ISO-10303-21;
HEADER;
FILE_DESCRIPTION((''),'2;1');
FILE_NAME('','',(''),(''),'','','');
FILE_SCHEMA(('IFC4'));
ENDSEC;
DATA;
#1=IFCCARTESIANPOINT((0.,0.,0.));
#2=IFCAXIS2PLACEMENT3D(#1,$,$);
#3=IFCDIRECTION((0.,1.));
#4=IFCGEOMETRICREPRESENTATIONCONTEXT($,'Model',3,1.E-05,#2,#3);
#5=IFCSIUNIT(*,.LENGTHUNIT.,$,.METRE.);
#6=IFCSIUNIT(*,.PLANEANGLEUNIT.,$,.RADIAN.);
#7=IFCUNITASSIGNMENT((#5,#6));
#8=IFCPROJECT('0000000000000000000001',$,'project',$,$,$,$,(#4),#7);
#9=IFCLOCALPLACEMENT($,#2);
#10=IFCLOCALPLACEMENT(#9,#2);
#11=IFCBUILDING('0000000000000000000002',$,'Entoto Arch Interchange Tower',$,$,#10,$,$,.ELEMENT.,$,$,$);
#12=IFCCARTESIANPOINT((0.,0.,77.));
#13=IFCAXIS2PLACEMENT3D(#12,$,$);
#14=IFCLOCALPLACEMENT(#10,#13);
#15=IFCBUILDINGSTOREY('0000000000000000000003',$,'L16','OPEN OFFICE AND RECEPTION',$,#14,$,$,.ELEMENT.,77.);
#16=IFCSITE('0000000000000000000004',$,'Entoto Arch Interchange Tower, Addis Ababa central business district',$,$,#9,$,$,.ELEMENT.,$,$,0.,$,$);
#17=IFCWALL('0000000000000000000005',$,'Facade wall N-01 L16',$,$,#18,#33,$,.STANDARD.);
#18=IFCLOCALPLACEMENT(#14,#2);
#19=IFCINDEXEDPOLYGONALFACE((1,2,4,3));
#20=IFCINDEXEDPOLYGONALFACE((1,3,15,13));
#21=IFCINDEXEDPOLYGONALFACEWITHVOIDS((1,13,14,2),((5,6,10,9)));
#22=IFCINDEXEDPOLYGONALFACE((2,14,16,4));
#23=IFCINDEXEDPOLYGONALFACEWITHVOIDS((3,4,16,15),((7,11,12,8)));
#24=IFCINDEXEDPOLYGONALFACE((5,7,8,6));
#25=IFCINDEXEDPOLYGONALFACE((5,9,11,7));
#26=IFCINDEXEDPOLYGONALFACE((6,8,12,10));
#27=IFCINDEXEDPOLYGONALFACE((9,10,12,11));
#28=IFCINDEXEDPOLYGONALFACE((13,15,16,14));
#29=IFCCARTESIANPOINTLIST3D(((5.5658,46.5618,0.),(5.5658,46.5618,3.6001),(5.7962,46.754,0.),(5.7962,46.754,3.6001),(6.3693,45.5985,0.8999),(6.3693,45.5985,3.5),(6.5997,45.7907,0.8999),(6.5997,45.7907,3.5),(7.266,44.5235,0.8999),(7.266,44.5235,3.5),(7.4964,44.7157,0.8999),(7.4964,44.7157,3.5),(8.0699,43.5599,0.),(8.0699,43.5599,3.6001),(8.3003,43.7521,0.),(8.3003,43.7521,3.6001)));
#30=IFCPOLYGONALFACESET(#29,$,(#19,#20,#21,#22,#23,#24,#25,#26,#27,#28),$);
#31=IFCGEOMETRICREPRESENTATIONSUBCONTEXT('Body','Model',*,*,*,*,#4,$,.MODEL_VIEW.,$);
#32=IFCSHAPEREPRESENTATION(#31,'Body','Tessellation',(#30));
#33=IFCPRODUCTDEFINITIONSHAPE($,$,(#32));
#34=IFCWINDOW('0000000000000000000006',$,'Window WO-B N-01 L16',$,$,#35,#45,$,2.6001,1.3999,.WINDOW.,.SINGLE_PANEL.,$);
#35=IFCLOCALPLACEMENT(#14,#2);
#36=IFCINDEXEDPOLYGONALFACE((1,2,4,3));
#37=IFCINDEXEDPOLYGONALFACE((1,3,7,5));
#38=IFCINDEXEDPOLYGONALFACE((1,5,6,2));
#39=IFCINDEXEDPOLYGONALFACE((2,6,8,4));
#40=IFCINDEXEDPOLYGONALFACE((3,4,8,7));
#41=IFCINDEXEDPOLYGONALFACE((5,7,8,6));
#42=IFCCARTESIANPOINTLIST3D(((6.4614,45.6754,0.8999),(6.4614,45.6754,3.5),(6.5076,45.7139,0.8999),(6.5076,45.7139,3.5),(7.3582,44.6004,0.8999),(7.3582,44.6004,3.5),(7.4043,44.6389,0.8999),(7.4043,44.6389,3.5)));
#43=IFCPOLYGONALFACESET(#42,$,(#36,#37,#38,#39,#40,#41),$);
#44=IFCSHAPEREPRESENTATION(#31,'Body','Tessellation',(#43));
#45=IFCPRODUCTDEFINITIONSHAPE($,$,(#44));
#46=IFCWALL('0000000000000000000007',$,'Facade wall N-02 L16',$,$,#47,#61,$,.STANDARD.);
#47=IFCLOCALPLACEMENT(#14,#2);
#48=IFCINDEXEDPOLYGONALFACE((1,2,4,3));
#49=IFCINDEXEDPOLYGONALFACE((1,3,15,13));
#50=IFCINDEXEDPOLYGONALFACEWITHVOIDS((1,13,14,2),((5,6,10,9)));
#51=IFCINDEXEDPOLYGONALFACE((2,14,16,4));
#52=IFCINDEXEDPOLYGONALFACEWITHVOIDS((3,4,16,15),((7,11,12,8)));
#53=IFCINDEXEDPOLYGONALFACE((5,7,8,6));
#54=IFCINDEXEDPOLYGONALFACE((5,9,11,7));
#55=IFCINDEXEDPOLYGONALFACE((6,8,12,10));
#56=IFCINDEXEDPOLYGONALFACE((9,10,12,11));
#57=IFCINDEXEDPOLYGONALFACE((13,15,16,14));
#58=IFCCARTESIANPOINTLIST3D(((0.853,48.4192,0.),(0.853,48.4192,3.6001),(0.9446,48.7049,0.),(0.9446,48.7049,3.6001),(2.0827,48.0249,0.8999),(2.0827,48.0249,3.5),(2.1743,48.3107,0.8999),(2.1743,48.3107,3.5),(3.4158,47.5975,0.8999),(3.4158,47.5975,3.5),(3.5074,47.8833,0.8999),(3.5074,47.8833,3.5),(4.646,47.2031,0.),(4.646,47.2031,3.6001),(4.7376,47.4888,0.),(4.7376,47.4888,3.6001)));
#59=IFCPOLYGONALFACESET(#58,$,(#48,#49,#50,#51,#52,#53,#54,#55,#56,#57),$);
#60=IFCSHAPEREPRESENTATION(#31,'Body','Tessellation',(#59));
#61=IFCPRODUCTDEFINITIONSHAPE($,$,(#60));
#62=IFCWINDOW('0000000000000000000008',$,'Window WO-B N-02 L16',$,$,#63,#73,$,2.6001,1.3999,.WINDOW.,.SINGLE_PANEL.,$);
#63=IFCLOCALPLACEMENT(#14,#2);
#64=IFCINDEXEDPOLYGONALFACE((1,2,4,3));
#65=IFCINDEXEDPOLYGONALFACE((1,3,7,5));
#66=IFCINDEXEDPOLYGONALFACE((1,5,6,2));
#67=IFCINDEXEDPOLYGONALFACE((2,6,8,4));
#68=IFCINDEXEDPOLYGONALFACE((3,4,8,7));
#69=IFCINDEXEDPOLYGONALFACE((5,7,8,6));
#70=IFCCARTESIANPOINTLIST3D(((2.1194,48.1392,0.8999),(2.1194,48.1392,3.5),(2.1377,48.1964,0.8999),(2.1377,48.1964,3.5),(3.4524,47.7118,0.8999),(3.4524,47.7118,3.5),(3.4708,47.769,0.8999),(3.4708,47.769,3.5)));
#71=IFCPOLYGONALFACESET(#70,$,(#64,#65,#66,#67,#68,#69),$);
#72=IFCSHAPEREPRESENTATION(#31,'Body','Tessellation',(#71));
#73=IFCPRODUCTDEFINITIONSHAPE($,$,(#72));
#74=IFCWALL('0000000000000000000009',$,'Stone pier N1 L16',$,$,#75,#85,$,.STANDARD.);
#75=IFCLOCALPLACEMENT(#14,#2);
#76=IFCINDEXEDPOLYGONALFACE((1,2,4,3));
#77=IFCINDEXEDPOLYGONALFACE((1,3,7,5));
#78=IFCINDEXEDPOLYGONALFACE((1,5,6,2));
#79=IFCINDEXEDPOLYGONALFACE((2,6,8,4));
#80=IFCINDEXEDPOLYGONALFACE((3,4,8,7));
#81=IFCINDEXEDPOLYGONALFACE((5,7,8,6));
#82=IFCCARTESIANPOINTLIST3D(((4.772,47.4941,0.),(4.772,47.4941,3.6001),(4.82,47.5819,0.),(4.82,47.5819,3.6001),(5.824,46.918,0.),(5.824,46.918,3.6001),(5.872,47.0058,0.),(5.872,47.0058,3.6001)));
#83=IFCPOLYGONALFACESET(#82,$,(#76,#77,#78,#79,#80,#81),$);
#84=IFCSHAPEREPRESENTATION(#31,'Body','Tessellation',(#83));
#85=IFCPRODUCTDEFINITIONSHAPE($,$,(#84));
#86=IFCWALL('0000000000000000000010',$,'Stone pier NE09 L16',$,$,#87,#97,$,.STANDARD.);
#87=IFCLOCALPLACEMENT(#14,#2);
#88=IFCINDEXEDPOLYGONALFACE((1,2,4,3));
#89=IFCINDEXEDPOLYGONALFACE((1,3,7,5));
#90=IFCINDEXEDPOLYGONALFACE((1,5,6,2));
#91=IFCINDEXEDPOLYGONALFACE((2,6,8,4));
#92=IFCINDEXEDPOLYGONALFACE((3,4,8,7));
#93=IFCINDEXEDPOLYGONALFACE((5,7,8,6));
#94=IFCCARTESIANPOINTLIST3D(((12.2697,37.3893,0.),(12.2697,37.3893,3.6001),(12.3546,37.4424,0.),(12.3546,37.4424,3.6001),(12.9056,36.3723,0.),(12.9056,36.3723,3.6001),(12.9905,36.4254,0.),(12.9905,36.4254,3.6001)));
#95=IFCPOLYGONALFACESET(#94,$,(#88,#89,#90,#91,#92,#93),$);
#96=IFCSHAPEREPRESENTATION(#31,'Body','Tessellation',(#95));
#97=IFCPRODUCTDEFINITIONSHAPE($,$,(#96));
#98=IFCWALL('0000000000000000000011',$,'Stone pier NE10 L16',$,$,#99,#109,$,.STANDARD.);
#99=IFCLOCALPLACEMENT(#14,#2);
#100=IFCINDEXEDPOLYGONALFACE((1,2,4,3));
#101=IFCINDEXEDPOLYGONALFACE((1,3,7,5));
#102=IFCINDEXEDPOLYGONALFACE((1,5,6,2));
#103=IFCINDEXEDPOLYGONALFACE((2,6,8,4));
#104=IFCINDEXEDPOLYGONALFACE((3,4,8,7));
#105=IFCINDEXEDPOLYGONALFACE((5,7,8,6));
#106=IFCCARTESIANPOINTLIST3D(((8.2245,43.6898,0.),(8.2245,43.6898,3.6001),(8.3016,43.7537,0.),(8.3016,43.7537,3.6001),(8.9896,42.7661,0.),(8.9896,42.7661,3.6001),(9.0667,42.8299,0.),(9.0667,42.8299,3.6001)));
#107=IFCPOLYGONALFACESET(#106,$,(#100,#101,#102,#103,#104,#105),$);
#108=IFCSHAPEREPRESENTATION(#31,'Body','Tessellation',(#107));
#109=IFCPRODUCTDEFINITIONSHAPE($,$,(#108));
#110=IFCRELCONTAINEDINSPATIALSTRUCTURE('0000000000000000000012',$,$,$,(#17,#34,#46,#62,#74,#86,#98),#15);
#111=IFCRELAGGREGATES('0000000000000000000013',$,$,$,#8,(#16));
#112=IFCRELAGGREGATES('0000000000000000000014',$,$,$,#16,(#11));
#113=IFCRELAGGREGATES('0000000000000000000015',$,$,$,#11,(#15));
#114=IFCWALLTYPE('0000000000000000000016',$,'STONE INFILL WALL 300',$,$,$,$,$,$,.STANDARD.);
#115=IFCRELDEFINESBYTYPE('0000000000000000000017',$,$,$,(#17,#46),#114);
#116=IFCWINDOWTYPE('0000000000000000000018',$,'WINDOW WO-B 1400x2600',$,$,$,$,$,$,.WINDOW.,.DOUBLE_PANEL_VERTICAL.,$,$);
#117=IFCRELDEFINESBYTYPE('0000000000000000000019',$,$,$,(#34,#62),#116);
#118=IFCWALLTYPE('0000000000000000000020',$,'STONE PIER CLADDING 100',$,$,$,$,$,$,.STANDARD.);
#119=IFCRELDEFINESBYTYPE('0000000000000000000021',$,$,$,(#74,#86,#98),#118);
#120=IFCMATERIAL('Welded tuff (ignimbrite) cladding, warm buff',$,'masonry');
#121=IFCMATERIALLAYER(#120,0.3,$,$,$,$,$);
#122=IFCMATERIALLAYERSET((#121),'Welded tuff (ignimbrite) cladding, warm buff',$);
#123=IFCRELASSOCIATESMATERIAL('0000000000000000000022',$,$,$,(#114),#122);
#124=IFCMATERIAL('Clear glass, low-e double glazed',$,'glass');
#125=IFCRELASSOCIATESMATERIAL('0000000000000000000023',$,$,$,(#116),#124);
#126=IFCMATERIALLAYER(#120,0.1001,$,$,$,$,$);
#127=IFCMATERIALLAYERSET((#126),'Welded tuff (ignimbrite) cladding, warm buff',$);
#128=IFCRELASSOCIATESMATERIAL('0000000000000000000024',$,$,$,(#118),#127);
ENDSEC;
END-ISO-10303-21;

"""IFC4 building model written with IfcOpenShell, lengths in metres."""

from ifc_helpers import new_model, si_unit, direction, frame, frame_2d, origin, place, context, subcontext, project, spatial, rectangle, extrude, material, layer, layer_set, type_object, element, fill, save


model = new_model("IFC4")

# Units and contexts
model_context = context("Model", 3, precision=1e-05, world=origin(), true_north=direction((0.0, 1.0)))
body_context = subcontext(model_context, "Body", "Model", "MODEL_VIEW")
ifc_project = project(units=[si_unit("LENGTHUNIT", "METRE"), si_unit("PLANEANGLEUNIT", "RADIAN")], contexts=[model_context])

# Site, building, storey
site_placement = place(None, origin())
site = spatial("IfcSite", under=ifc_project, at=site_placement, Name="Entoto Arch Interchange Tower, Addis Ababa central business district", CompositionType="ELEMENT", RefElevation=0.0)
building_placement = place(site_placement, origin())
building = spatial("IfcBuilding", under=site, at=building_placement, Name="Entoto Arch Interchange Tower", CompositionType="ELEMENT")
storey_placement = place(building_placement, frame((0.0, 0.0, 77.0)))
storey = spatial("IfcBuildingStorey", under=building, at=storey_placement, Name="L16", Description="OPEN OFFICE AND RECEPTION", CompositionType="ELEMENT", Elevation=77.0)

# Shared definitions
ifc_material_1 = material(Name="Welded tuff (ignimbrite) cladding, warm buff", Category="masonry")
ifc_layer_1 = layer(ifc_material_1, 0.3)
ifc_layer_set_1 = layer_set([ifc_layer_1], Name="Welded tuff (ignimbrite) cladding, warm buff")
wall_type_1 = type_object("IfcWallType", Name="STONE INFILL WALL 300", PredefinedType="STANDARD", material=ifc_layer_set_1)
ifc_material_2 = material(Name="Clear glass, low-e double glazed", Category="glass")

# Walls, openings, windows
wall_1_placement = place(storey_placement, frame((8.1851, 43.656, 0.0), z_axis=(0.0, 0.0, 1.0), x_axis=(-0.640565, 0.767904, 0.0)))
wall_1 = element("IfcWall", 1, at=wall_1_placement, inside=storey, type_object=wall_type_1, Name="Facade wall N-01 L16", PredefinedType="STANDARD", context=body_context, shape_type="SweptSolid", body=[
    extrude(rectangle(XDim=3.9092, YDim=0.3, at=frame_2d((1.9546, 0.0))), origin(), (0.0, 0.0, 1.0), 3.6001),
])
opening_1_placement = place(wall_1_placement, frame((1.2549, 0.0, 0.8999)))
opening_1 = element("IfcOpeningElement", 2, at=opening_1_placement, cuts=wall_1, PredefinedType="OPENING", context=body_context, shape_type="SweptSolid", body=[
    extrude(rectangle(XDim=1.3999, YDim=2.6001, at=frame_2d((0.7, 1.3))), frame((0.0, 0.1602, 0.0), z_axis=(0.0, -1.0, 0.0), x_axis=(1.0, 0.0, 0.0)), (0.0, 0.0, 1.0), 0.3201),
])
window_type_1 = type_object("IfcWindowType", Name="WINDOW WO-B 1400x2600", PartitioningType="DOUBLE_PANEL_VERTICAL", PredefinedType="WINDOW", material=ifc_material_2)
window_1_placement = place(opening_1_placement, origin())
window_1 = element("IfcWindow", 3, at=window_1_placement, inside=storey, type_object=window_type_1, Name="Window WO-B N-01 L16", OverallHeight=2.6001, OverallWidth=1.3999, PartitioningType="SINGLE_PANEL", PredefinedType="WINDOW", context=body_context, shape_type="SweptSolid", body=[
    extrude(rectangle(XDim=1.3999, YDim=2.6001, at=frame_2d((0.7, 1.3))), frame((0.0, 0.03, 0.0), z_axis=(0.0, -1.0, 0.0), x_axis=(1.0, 0.0, 0.0)), (0.0, 0.0, 1.0), 0.0601),
])
fill(opening_1, window_1)
wall_2_placement = place(storey_placement, frame((4.6919, 47.3459, 0.0), z_axis=(0.0, 0.0, 1.0), x_axis=(-0.952255, 0.305303, 0.0)))
wall_2 = element("IfcWall", 4, at=wall_2_placement, inside=storey, type_object=wall_type_1, Name="Facade wall N-02 L16", PredefinedType="STANDARD", context=body_context, shape_type="SweptSolid", body=[
    extrude(rectangle(XDim=3.9832, YDim=0.3, at=frame_2d((1.9917, 0.0))), origin(), (0.0, 0.0, 1.0), 3.6001),
])
opening_2_placement = place(wall_2_placement, frame((1.292, 0.0, 0.8999)))
opening_2 = element("IfcOpeningElement", 5, at=opening_2_placement, cuts=wall_2, PredefinedType="OPENING", context=body_context, shape_type="SweptSolid", body=[
    extrude(rectangle(XDim=1.3999, YDim=2.6001, at=frame_2d((0.7, 1.3))), frame((0.0, 0.1602, 0.0), z_axis=(0.0, -1.0, 0.0), x_axis=(1.0, 0.0, 0.0)), (0.0, 0.0, 1.0), 0.3201),
])
window_2_placement = place(opening_2_placement, origin())
window_2 = element("IfcWindow", 6, at=window_2_placement, inside=storey, type_object=window_type_1, Name="Window WO-B N-02 L16", OverallHeight=2.6001, OverallWidth=1.3999, PartitioningType="SINGLE_PANEL", PredefinedType="WINDOW", context=body_context, shape_type="SweptSolid", body=[
    extrude(rectangle(XDim=1.3999, YDim=2.6001, at=frame_2d((0.7, 1.3))), frame((0.0, 0.03, 0.0), z_axis=(0.0, -1.0, 0.0), x_axis=(1.0, 0.0, 0.0)), (0.0, 0.0, 1.0), 0.0601),
])
fill(opening_2, window_2)

# Walls
ifc_layer_2 = layer(ifc_material_1, 0.1001)
ifc_layer_set_2 = layer_set([ifc_layer_2], Name="Welded tuff (ignimbrite) cladding, warm buff")
wall_type_2 = type_object("IfcWallType", Name="STONE PIER CLADDING 100", PredefinedType="STANDARD", material=ifc_layer_set_2)
for number, where, z_axis, x_axis, name in (
    (7, (5.8479, 46.9619, 0.0), (0.0, 0.0, 1.0), (-0.87707, 0.480363, 0.0), "Stone pier N1 L16"),
    (8, (12.948, 36.3989, 0.0), (0.0, 0.0, 1.0), (-0.530182, 0.847884, 0.0), "Stone pier NE09 L16"),
    (9, (9.0281, 42.7981, 0.0), (0.0, 0.0, 1.0), (-0.637859, 0.770153, 0.0), "Stone pier NE10 L16"),
):
    element("IfcWall", number, at=place(storey_placement, frame(where, z_axis=z_axis, x_axis=x_axis)), inside=storey, type_object=wall_type_2, Name=name, PredefinedType="STANDARD", context=body_context, shape_type="SweptSolid", body=[
        extrude(rectangle(XDim=1.1995, YDim=0.1001, at=frame_2d((0.5996, 0.0))), origin(), (0.0, 0.0, 1.0), 3.6001),
    ])

save(model, "model.ifc")
